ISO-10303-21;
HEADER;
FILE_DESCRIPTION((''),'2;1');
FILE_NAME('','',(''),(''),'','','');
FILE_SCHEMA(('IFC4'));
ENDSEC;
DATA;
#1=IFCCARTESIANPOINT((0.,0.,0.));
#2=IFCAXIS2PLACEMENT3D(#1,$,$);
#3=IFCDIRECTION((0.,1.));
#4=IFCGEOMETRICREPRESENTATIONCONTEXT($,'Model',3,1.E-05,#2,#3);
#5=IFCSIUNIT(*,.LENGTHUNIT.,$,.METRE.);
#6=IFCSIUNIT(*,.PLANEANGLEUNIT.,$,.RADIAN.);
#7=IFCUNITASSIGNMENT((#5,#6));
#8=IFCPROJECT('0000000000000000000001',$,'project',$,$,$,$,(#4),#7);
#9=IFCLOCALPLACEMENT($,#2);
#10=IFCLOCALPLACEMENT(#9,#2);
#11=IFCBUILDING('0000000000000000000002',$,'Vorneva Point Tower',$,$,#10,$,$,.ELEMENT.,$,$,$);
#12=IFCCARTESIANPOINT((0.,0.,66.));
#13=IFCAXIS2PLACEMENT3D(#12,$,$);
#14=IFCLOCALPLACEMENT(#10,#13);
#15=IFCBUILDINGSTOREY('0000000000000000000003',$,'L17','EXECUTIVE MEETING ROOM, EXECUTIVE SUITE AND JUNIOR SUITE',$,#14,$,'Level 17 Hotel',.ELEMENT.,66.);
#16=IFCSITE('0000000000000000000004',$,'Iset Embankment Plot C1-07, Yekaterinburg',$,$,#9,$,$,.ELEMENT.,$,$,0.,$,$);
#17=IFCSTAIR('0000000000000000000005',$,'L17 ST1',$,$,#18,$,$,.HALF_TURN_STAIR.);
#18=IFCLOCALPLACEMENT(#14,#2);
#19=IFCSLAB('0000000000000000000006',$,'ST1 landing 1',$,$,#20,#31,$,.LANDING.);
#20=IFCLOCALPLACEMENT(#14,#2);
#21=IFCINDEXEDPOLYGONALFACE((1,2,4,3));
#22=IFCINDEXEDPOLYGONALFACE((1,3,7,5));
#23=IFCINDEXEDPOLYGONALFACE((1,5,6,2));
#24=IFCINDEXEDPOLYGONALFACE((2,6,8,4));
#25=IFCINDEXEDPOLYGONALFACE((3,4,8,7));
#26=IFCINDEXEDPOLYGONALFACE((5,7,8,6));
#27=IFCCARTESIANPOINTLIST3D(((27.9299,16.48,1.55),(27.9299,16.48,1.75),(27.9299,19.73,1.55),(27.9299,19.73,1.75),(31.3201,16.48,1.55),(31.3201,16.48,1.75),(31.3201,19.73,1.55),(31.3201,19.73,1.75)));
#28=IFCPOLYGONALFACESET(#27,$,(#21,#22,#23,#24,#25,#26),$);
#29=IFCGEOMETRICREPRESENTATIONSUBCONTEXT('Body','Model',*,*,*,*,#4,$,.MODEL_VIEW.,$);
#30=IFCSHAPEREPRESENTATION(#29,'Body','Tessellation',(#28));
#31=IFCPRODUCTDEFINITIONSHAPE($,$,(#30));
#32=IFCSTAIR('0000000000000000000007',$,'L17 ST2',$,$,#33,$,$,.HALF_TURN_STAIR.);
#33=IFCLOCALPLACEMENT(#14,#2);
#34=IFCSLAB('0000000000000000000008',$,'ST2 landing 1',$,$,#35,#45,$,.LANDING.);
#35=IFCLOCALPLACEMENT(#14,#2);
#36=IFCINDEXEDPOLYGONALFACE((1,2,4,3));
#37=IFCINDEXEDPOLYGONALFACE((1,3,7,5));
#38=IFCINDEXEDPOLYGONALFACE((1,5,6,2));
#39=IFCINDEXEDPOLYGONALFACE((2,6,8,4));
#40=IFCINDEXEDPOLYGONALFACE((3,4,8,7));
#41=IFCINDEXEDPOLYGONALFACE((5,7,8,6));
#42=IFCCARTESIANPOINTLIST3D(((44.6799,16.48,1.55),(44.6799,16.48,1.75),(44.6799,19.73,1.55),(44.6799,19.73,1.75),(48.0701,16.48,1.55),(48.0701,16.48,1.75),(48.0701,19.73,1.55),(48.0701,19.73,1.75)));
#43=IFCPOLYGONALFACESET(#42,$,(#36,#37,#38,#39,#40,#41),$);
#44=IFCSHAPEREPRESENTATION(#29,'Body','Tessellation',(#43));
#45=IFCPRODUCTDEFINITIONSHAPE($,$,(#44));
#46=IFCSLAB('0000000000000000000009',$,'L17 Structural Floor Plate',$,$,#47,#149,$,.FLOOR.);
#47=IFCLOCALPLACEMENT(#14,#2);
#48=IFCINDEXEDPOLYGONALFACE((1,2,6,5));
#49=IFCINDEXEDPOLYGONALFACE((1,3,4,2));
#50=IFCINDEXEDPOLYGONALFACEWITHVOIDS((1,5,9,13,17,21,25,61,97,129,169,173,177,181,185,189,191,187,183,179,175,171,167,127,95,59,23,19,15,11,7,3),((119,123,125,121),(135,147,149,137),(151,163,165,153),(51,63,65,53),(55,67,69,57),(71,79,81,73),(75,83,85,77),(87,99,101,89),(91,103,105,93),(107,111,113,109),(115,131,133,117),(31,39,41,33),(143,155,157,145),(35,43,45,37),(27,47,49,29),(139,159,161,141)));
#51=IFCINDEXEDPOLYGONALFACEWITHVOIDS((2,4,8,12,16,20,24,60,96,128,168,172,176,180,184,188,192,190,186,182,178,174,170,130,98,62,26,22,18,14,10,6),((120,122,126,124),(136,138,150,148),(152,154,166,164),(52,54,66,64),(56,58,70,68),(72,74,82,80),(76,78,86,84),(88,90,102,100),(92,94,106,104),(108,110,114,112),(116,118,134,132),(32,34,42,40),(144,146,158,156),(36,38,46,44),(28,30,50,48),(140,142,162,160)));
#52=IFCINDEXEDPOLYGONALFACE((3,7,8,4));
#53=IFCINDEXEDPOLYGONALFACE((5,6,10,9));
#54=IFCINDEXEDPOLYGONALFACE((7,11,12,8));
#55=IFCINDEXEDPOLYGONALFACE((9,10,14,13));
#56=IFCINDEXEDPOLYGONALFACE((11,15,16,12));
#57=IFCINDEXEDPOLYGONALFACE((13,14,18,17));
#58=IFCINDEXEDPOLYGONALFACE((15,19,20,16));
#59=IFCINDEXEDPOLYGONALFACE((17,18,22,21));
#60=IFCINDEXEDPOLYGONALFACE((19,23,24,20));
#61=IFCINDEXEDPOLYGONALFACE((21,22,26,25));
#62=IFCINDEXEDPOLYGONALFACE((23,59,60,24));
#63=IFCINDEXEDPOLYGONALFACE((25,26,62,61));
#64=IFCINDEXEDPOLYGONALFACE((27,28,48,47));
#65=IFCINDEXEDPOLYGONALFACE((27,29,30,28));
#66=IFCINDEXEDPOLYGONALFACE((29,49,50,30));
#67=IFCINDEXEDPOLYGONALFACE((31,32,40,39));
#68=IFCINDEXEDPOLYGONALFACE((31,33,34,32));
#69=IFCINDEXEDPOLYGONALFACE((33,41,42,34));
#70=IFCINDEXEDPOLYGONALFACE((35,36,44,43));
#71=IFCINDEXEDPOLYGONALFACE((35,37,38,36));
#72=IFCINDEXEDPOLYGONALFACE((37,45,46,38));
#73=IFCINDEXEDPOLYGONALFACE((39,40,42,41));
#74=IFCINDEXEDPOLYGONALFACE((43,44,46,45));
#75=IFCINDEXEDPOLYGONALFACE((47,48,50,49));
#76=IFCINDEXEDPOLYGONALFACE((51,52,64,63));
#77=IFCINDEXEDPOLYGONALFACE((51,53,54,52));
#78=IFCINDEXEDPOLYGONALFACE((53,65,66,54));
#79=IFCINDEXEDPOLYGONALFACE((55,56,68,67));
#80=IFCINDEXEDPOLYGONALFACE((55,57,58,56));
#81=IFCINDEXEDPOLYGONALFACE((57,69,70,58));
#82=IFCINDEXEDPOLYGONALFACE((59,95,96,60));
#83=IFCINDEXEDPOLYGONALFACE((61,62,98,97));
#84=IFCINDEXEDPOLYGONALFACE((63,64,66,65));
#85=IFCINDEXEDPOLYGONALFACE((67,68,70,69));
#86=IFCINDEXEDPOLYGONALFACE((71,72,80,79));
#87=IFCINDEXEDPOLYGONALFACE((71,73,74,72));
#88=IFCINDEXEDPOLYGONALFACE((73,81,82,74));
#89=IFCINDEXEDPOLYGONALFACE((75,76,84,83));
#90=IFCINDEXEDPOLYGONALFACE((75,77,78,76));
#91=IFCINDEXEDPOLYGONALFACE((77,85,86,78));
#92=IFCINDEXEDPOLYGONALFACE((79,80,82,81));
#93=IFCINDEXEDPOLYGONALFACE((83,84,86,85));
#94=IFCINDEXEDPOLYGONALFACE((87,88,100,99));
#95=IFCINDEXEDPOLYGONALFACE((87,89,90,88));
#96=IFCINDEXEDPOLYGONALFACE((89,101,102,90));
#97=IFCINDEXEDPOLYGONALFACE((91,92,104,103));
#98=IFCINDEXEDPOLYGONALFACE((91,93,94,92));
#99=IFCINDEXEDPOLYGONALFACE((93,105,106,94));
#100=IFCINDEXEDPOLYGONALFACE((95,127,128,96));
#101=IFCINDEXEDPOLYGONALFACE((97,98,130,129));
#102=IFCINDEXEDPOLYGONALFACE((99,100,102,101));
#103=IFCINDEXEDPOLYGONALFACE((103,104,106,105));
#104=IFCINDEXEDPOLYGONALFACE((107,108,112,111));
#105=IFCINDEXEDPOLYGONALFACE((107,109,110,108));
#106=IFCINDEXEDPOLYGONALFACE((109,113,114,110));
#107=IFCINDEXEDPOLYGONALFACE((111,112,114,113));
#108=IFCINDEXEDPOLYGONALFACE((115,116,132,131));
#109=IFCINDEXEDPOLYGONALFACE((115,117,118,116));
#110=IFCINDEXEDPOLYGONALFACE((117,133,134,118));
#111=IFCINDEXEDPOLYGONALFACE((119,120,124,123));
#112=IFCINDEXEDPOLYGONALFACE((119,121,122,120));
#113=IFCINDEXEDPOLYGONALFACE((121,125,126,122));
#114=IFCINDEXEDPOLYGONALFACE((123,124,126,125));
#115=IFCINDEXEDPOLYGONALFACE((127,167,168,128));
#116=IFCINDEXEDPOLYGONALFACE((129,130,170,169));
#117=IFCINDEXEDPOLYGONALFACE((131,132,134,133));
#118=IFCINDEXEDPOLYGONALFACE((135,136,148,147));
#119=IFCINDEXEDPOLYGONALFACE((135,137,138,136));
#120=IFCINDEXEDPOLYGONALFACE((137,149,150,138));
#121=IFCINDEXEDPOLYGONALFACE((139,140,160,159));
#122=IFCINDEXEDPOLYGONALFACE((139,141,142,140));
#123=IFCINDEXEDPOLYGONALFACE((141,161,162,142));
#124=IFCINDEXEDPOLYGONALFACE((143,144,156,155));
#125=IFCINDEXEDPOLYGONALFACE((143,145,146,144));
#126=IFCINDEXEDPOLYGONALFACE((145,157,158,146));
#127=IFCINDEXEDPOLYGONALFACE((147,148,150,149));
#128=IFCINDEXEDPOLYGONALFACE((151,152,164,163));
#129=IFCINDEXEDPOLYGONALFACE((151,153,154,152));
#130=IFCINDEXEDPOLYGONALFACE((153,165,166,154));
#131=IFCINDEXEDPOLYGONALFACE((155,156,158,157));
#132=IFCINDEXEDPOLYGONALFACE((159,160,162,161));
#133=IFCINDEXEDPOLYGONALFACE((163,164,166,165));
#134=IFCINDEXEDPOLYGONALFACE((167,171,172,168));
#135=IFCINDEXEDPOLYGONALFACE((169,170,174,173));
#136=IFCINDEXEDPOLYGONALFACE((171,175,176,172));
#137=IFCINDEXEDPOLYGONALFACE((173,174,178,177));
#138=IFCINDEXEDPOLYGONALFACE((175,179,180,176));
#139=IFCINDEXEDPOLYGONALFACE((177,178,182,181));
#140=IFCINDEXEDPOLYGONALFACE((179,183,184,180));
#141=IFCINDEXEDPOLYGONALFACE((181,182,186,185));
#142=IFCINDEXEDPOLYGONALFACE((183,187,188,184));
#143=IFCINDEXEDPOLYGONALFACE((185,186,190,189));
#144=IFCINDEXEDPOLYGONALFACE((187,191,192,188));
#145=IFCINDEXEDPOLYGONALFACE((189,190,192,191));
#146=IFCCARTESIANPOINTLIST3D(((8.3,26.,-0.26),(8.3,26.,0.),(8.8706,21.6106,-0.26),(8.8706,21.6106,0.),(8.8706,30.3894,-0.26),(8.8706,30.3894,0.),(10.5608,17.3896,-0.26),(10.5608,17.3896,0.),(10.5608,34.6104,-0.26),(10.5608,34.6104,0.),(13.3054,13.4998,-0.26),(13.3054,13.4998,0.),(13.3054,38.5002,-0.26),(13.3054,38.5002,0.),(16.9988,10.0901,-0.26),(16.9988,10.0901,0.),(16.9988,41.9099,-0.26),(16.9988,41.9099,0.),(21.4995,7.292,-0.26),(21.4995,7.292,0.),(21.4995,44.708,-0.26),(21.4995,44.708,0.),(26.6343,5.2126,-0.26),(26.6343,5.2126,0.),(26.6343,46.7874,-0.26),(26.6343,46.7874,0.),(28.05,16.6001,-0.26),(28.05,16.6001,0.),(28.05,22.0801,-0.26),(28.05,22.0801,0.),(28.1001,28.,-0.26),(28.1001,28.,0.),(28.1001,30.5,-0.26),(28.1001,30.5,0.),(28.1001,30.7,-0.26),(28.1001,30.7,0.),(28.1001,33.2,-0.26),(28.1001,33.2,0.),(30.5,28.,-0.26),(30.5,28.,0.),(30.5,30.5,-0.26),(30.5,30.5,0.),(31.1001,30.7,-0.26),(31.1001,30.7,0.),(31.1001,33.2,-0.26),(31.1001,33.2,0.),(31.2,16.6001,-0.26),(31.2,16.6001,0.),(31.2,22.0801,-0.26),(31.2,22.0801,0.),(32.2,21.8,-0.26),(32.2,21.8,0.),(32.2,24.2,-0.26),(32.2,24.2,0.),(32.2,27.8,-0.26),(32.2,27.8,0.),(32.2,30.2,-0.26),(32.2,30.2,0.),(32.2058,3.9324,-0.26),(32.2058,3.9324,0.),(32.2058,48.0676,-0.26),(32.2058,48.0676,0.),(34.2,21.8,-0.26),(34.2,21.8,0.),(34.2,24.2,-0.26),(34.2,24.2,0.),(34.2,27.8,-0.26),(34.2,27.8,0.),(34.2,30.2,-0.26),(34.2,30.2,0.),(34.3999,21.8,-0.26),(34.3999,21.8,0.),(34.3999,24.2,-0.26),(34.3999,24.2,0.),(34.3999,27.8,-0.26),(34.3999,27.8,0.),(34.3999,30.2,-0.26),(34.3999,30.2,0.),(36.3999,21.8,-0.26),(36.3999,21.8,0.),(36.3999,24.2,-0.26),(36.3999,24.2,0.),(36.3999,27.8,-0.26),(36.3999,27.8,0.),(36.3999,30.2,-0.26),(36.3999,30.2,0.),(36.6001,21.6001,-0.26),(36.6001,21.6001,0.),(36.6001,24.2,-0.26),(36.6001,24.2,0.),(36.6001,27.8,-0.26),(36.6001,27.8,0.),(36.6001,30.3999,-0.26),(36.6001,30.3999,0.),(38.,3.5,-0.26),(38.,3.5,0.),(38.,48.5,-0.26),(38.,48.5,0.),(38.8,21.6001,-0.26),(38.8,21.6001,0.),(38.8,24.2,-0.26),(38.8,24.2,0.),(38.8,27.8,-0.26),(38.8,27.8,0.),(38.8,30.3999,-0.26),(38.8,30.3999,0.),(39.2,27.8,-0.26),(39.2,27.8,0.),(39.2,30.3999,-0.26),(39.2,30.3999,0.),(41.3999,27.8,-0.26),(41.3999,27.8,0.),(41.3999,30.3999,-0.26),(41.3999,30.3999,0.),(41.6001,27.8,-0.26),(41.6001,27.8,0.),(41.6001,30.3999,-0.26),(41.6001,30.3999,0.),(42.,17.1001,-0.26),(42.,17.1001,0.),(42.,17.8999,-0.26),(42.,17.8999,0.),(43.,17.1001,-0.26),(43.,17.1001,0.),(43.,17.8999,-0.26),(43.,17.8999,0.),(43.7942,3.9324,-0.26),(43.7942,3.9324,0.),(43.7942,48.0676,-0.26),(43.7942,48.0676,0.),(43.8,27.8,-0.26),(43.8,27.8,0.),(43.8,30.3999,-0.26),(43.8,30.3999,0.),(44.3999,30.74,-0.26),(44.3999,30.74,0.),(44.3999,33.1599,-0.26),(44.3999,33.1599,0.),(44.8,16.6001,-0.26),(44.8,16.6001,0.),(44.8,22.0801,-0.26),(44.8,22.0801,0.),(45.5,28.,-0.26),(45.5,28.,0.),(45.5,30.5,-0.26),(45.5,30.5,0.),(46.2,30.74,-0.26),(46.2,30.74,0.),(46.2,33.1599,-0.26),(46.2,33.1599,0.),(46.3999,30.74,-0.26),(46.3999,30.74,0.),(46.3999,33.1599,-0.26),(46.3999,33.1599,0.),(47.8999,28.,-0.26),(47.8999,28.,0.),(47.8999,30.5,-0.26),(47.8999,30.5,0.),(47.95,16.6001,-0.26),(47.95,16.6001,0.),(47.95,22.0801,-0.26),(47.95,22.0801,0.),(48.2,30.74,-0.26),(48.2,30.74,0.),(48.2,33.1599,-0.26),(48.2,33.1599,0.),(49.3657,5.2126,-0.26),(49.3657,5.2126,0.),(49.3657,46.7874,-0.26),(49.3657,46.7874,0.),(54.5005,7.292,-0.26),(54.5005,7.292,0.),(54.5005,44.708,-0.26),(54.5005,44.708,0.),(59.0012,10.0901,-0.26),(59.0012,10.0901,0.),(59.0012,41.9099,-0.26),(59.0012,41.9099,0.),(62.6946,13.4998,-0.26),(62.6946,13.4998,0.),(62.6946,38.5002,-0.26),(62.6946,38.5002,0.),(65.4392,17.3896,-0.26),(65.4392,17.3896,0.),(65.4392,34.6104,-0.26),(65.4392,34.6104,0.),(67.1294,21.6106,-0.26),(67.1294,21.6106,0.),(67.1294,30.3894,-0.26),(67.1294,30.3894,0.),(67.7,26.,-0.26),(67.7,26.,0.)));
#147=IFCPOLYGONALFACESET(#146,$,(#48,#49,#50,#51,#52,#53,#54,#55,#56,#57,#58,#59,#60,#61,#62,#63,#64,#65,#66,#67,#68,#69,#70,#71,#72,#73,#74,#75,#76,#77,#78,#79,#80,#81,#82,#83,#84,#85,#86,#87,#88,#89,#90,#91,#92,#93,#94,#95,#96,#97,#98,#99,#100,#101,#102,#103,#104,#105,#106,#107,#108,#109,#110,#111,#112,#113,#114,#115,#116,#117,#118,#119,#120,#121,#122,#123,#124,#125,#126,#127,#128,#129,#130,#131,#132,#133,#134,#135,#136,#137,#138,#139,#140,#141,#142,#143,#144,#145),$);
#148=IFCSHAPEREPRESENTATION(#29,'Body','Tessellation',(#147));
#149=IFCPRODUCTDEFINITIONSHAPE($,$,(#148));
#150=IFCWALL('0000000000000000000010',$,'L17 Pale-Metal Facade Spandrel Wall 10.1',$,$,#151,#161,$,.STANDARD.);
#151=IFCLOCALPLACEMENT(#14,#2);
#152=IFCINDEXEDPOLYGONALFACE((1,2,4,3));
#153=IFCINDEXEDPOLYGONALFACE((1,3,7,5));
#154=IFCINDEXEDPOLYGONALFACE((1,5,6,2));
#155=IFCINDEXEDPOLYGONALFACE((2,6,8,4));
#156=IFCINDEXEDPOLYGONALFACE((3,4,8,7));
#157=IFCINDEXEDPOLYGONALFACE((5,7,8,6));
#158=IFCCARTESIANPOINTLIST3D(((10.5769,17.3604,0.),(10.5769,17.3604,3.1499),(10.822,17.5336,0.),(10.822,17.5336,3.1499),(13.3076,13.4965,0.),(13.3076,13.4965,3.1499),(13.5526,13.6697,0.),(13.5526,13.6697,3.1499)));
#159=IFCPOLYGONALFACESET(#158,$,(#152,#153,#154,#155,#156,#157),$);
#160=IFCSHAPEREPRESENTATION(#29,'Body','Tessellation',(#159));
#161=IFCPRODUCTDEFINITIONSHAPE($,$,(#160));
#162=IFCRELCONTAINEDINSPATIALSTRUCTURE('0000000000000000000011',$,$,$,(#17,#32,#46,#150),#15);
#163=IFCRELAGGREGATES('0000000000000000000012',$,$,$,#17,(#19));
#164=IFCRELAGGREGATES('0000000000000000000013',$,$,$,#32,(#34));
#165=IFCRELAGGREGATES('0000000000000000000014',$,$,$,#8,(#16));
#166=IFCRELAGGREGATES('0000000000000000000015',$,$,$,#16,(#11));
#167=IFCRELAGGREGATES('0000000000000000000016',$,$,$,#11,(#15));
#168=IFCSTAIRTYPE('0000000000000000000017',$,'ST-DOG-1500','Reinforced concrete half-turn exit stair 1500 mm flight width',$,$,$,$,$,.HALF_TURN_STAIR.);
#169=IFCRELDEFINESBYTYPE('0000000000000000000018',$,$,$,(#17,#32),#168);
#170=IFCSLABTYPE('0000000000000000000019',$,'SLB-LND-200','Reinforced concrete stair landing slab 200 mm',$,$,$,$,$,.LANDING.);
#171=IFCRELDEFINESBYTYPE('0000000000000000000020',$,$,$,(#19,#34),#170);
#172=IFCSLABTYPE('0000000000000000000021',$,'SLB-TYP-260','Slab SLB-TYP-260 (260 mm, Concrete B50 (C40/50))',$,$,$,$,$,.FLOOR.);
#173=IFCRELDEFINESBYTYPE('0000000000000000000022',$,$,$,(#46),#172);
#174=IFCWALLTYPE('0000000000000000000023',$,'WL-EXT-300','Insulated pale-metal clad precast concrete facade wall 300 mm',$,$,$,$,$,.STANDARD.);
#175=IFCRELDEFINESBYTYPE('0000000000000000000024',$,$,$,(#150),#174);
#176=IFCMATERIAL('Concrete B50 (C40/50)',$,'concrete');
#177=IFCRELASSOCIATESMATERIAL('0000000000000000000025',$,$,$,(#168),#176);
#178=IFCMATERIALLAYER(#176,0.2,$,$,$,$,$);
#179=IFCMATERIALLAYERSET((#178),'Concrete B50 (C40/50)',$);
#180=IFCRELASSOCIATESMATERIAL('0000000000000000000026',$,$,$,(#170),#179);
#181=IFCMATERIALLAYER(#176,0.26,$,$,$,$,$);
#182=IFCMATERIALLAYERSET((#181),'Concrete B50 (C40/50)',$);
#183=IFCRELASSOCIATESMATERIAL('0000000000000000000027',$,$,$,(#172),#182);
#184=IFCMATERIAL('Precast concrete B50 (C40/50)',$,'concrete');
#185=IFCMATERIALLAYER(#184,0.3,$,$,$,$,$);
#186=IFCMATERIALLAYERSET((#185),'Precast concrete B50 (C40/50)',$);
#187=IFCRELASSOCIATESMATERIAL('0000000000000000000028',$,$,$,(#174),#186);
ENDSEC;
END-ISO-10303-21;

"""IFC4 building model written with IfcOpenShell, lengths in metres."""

from ifc_helpers import new_model, si_unit, direction, frame, frame_2d, origin, place, context, subcontext, project, spatial, polyline, rectangle, outline, extrude, material, layer, layer_set, type_object, element, aggregate, save


model = new_model("IFC4")

# Units and contexts
model_context = context("Model", 3, precision=1e-05, world=origin(), true_north=direction((0.0, 1.0)))
body_context = subcontext(model_context, "Body", "Model", "MODEL_VIEW")
ifc_project = project(units=[si_unit("LENGTHUNIT", "METRE"), si_unit("PLANEANGLEUNIT", "RADIAN")], contexts=[model_context])

# Site, building, storey
site_placement = place(None, origin())
site = spatial("IfcSite", under=ifc_project, at=site_placement, Name="Iset Embankment Plot C1-07, Yekaterinburg", CompositionType="ELEMENT", RefElevation=0.0)
building_placement = place(site_placement, origin())
building = spatial("IfcBuilding", under=site, at=building_placement, Name="Vorneva Point Tower", CompositionType="ELEMENT")
storey_placement = place(building_placement, frame((0.0, 0.0, 66.0)))
storey = spatial("IfcBuildingStorey", under=building, at=storey_placement, Name="L17", Description="EXECUTIVE MEETING ROOM, EXECUTIVE SUITE AND JUNIOR SUITE", LongName="Level 17 Hotel", CompositionType="ELEMENT", Elevation=66.0)

# Shared definitions
ifc_material_1 = material(Name="Concrete B50 (C40/50)", Category="concrete")

# Stairs, slabs
stair_type = type_object("IfcStairType", Name="ST-DOG-1500", Description="Reinforced concrete half-turn exit stair 1500 mm flight width", PredefinedType="HALF_TURN_STAIR", material=ifc_material_1)
stair_1_placement = place(storey_placement, origin())
stair_1 = element("IfcStair", 1, at=stair_1_placement, inside=storey, type_object=stair_type, Name="L17 ST1", PredefinedType="HALF_TURN_STAIR")
ifc_layer_1 = layer(ifc_material_1, 0.2)
ifc_layer_set_1 = layer_set([ifc_layer_1], Name="Concrete B50 (C40/50)")
slab_type_1 = type_object("IfcSlabType", Name="SLB-LND-200", Description="Reinforced concrete stair landing slab 200 mm", PredefinedType="LANDING", material=ifc_layer_set_1)
slab_1_placement = place(storey_placement, frame((0.0, 0.0, 1.55)))
slab_1 = element("IfcSlab", 2, at=slab_1_placement, type_object=slab_type_1, Name="ST1 landing 1", PredefinedType="LANDING", context=body_context, shape_type="SweptSolid", body=[
    extrude(outline(polyline([(27.9299, 16.48), (31.3201, 16.48), (31.3201, 19.73), (27.9299, 19.73), (27.9299, 16.48)])), origin(), (0.0, 0.0, 1.0), 0.2),
])
aggregate(stair_1, [slab_1])
stair_2_placement = place(storey_placement, origin())
stair_2 = element("IfcStair", 3, at=stair_2_placement, inside=storey, type_object=stair_type, Name="L17 ST2", PredefinedType="HALF_TURN_STAIR")
slab_2_placement = place(storey_placement, frame((0.0, 0.0, 1.55)))
slab_2 = element("IfcSlab", 4, at=slab_2_placement, type_object=slab_type_1, Name="ST2 landing 1", PredefinedType="LANDING", context=body_context, shape_type="SweptSolid", body=[
    extrude(outline(polyline([(44.6799, 16.48), (48.0701, 16.48), (48.0701, 19.73), (44.6799, 19.73), (44.6799, 16.48)])), origin(), (0.0, 0.0, 1.0), 0.2),
])
aggregate(stair_2, [slab_2])

# Slab
ifc_layer_2 = layer(ifc_material_1, 0.26)
ifc_layer_set_2 = layer_set([ifc_layer_2], Name="Concrete B50 (C40/50)")
slab_type_2 = type_object("IfcSlabType", Name="SLB-TYP-260", Description="Slab SLB-TYP-260 (260 mm, Concrete B50 (C40/50))", PredefinedType="FLOOR", material=ifc_layer_set_2)
slab_3_placement = place(storey_placement, frame((0.0, 0.0, -0.26)))
element("IfcSlab", 5, at=slab_3_placement, inside=storey, type_object=slab_type_2, Name="L17 Structural Floor Plate", PredefinedType="FLOOR", context=body_context, shape_type="SweptSolid", body=[
    extrude(outline(polyline([(67.7, 26.0), (67.1294, 30.3894), (65.4392, 34.6104), (62.6946, 38.5002), (59.0012, 41.9099), (54.5005, 44.708), (49.3657, 46.7874), (43.7942, 48.0676), (38.0, 48.5), (32.2058, 48.0676), (26.6343, 46.7874), (21.4995, 44.708), (16.9988, 41.9099), (13.3054, 38.5002), (10.5608, 34.6104), (8.8706, 30.3894), (8.3, 26.0), (8.8706, 21.6106), (10.5608, 17.3896), (13.3054, 13.4998), (16.9988, 10.0901), (21.4995, 7.292), (26.6343, 5.2126), (32.2058, 3.9324), (38.0, 3.5), (43.7942, 3.9324), (49.3657, 5.2126), (54.5005, 7.292), (59.0012, 10.0901), (62.6946, 13.4998), (65.4392, 17.3896), (67.1294, 21.6106), (67.7, 26.0)]), holes=[polyline([(32.2, 27.8), (34.2, 27.8), (34.2, 30.2), (32.2, 30.2), (32.2, 27.8)]), polyline([(34.3999, 27.8), (36.3999, 27.8), (36.3999, 30.2), (34.3999, 30.2), (34.3999, 27.8)]), polyline([(36.6001, 27.8), (38.8, 27.8), (38.8, 30.3999), (36.6001, 30.3999), (36.6001, 27.8)]), polyline([(32.2, 21.8), (34.2, 21.8), (34.2, 24.2), (32.2, 24.2), (32.2, 21.8)]), polyline([(34.3999, 21.8), (36.3999, 21.8), (36.3999, 24.2), (34.3999, 24.2), (34.3999, 21.8)]), polyline([(36.6001, 21.6001), (38.8, 21.6001), (38.8, 24.2), (36.6001, 24.2), (36.6001, 21.6001)]), polyline([(39.2, 27.8), (41.3999, 27.8), (41.3999, 30.3999), (39.2, 30.3999), (39.2, 27.8)]), polyline([(41.6001, 27.8), (43.8, 27.8), (43.8, 30.3999), (41.6001, 30.3999), (41.6001, 27.8)]), polyline([(44.3999, 30.74), (46.2, 30.74), (46.2, 33.1599), (44.3999, 33.1599), (44.3999, 30.74)]), polyline([(46.3999, 30.74), (48.2, 30.74), (48.2, 33.1599), (46.3999, 33.1599), (46.3999, 30.74)]), polyline([(28.1001, 28.0), (30.5, 28.0), (30.5, 30.5), (28.1001, 30.5), (28.1001, 28.0)]), polyline([(45.5, 28.0), (47.8999, 28.0), (47.8999, 30.5), (45.5, 30.5), (45.5, 28.0)]), polyline([(28.1001, 30.7), (31.1001, 30.7), (31.1001, 33.2), (28.1001, 33.2), (28.1001, 30.7)]), polyline([(28.05, 16.6001), (31.2, 16.6001), (31.2, 22.0801), (28.05, 22.0801), (28.05, 16.6001)]), polyline([(44.8, 16.6001), (47.95, 16.6001), (47.95, 22.0801), (44.8, 22.0801), (44.8, 16.6001)]), polyline([(42.0, 17.1001), (43.0, 17.1001), (43.0, 17.8999), (42.0, 17.8999), (42.0, 17.1001)])]), origin(), (0.0, 0.0, 1.0), 0.26),
])

# Wall
ifc_material_2 = material(Name="Precast concrete B50 (C40/50)", Category="concrete")
ifc_layer_3 = layer(ifc_material_2, 0.3)
ifc_layer_set_3 = layer_set([ifc_layer_3], Name="Precast concrete B50 (C40/50)")
wall_type_1 = type_object("IfcWallType", Name="WL-EXT-300", Description="Insulated pale-metal clad precast concrete facade wall 300 mm", PredefinedType="STANDARD", material=ifc_layer_set_3)
wall_1_placement = place(storey_placement, frame((10.6995, 17.447, 0.0), z_axis=(0.0, 0.0, 1.0), x_axis=(0.577131, -0.816652, 0.0)))
element("IfcWall", 6, at=wall_1_placement, inside=storey, type_object=wall_type_1, Name="L17 Pale-Metal Facade Spandrel Wall 10.1", PredefinedType="STANDARD", context=body_context, shape_type="SweptSolid", body=[
    extrude(rectangle(XDim=4.7314, YDim=0.3, at=frame_2d((2.3657, 0.0))), origin(), (0.0, 0.0, 1.0), 3.1499),
])

save(model, "model.ifc")
